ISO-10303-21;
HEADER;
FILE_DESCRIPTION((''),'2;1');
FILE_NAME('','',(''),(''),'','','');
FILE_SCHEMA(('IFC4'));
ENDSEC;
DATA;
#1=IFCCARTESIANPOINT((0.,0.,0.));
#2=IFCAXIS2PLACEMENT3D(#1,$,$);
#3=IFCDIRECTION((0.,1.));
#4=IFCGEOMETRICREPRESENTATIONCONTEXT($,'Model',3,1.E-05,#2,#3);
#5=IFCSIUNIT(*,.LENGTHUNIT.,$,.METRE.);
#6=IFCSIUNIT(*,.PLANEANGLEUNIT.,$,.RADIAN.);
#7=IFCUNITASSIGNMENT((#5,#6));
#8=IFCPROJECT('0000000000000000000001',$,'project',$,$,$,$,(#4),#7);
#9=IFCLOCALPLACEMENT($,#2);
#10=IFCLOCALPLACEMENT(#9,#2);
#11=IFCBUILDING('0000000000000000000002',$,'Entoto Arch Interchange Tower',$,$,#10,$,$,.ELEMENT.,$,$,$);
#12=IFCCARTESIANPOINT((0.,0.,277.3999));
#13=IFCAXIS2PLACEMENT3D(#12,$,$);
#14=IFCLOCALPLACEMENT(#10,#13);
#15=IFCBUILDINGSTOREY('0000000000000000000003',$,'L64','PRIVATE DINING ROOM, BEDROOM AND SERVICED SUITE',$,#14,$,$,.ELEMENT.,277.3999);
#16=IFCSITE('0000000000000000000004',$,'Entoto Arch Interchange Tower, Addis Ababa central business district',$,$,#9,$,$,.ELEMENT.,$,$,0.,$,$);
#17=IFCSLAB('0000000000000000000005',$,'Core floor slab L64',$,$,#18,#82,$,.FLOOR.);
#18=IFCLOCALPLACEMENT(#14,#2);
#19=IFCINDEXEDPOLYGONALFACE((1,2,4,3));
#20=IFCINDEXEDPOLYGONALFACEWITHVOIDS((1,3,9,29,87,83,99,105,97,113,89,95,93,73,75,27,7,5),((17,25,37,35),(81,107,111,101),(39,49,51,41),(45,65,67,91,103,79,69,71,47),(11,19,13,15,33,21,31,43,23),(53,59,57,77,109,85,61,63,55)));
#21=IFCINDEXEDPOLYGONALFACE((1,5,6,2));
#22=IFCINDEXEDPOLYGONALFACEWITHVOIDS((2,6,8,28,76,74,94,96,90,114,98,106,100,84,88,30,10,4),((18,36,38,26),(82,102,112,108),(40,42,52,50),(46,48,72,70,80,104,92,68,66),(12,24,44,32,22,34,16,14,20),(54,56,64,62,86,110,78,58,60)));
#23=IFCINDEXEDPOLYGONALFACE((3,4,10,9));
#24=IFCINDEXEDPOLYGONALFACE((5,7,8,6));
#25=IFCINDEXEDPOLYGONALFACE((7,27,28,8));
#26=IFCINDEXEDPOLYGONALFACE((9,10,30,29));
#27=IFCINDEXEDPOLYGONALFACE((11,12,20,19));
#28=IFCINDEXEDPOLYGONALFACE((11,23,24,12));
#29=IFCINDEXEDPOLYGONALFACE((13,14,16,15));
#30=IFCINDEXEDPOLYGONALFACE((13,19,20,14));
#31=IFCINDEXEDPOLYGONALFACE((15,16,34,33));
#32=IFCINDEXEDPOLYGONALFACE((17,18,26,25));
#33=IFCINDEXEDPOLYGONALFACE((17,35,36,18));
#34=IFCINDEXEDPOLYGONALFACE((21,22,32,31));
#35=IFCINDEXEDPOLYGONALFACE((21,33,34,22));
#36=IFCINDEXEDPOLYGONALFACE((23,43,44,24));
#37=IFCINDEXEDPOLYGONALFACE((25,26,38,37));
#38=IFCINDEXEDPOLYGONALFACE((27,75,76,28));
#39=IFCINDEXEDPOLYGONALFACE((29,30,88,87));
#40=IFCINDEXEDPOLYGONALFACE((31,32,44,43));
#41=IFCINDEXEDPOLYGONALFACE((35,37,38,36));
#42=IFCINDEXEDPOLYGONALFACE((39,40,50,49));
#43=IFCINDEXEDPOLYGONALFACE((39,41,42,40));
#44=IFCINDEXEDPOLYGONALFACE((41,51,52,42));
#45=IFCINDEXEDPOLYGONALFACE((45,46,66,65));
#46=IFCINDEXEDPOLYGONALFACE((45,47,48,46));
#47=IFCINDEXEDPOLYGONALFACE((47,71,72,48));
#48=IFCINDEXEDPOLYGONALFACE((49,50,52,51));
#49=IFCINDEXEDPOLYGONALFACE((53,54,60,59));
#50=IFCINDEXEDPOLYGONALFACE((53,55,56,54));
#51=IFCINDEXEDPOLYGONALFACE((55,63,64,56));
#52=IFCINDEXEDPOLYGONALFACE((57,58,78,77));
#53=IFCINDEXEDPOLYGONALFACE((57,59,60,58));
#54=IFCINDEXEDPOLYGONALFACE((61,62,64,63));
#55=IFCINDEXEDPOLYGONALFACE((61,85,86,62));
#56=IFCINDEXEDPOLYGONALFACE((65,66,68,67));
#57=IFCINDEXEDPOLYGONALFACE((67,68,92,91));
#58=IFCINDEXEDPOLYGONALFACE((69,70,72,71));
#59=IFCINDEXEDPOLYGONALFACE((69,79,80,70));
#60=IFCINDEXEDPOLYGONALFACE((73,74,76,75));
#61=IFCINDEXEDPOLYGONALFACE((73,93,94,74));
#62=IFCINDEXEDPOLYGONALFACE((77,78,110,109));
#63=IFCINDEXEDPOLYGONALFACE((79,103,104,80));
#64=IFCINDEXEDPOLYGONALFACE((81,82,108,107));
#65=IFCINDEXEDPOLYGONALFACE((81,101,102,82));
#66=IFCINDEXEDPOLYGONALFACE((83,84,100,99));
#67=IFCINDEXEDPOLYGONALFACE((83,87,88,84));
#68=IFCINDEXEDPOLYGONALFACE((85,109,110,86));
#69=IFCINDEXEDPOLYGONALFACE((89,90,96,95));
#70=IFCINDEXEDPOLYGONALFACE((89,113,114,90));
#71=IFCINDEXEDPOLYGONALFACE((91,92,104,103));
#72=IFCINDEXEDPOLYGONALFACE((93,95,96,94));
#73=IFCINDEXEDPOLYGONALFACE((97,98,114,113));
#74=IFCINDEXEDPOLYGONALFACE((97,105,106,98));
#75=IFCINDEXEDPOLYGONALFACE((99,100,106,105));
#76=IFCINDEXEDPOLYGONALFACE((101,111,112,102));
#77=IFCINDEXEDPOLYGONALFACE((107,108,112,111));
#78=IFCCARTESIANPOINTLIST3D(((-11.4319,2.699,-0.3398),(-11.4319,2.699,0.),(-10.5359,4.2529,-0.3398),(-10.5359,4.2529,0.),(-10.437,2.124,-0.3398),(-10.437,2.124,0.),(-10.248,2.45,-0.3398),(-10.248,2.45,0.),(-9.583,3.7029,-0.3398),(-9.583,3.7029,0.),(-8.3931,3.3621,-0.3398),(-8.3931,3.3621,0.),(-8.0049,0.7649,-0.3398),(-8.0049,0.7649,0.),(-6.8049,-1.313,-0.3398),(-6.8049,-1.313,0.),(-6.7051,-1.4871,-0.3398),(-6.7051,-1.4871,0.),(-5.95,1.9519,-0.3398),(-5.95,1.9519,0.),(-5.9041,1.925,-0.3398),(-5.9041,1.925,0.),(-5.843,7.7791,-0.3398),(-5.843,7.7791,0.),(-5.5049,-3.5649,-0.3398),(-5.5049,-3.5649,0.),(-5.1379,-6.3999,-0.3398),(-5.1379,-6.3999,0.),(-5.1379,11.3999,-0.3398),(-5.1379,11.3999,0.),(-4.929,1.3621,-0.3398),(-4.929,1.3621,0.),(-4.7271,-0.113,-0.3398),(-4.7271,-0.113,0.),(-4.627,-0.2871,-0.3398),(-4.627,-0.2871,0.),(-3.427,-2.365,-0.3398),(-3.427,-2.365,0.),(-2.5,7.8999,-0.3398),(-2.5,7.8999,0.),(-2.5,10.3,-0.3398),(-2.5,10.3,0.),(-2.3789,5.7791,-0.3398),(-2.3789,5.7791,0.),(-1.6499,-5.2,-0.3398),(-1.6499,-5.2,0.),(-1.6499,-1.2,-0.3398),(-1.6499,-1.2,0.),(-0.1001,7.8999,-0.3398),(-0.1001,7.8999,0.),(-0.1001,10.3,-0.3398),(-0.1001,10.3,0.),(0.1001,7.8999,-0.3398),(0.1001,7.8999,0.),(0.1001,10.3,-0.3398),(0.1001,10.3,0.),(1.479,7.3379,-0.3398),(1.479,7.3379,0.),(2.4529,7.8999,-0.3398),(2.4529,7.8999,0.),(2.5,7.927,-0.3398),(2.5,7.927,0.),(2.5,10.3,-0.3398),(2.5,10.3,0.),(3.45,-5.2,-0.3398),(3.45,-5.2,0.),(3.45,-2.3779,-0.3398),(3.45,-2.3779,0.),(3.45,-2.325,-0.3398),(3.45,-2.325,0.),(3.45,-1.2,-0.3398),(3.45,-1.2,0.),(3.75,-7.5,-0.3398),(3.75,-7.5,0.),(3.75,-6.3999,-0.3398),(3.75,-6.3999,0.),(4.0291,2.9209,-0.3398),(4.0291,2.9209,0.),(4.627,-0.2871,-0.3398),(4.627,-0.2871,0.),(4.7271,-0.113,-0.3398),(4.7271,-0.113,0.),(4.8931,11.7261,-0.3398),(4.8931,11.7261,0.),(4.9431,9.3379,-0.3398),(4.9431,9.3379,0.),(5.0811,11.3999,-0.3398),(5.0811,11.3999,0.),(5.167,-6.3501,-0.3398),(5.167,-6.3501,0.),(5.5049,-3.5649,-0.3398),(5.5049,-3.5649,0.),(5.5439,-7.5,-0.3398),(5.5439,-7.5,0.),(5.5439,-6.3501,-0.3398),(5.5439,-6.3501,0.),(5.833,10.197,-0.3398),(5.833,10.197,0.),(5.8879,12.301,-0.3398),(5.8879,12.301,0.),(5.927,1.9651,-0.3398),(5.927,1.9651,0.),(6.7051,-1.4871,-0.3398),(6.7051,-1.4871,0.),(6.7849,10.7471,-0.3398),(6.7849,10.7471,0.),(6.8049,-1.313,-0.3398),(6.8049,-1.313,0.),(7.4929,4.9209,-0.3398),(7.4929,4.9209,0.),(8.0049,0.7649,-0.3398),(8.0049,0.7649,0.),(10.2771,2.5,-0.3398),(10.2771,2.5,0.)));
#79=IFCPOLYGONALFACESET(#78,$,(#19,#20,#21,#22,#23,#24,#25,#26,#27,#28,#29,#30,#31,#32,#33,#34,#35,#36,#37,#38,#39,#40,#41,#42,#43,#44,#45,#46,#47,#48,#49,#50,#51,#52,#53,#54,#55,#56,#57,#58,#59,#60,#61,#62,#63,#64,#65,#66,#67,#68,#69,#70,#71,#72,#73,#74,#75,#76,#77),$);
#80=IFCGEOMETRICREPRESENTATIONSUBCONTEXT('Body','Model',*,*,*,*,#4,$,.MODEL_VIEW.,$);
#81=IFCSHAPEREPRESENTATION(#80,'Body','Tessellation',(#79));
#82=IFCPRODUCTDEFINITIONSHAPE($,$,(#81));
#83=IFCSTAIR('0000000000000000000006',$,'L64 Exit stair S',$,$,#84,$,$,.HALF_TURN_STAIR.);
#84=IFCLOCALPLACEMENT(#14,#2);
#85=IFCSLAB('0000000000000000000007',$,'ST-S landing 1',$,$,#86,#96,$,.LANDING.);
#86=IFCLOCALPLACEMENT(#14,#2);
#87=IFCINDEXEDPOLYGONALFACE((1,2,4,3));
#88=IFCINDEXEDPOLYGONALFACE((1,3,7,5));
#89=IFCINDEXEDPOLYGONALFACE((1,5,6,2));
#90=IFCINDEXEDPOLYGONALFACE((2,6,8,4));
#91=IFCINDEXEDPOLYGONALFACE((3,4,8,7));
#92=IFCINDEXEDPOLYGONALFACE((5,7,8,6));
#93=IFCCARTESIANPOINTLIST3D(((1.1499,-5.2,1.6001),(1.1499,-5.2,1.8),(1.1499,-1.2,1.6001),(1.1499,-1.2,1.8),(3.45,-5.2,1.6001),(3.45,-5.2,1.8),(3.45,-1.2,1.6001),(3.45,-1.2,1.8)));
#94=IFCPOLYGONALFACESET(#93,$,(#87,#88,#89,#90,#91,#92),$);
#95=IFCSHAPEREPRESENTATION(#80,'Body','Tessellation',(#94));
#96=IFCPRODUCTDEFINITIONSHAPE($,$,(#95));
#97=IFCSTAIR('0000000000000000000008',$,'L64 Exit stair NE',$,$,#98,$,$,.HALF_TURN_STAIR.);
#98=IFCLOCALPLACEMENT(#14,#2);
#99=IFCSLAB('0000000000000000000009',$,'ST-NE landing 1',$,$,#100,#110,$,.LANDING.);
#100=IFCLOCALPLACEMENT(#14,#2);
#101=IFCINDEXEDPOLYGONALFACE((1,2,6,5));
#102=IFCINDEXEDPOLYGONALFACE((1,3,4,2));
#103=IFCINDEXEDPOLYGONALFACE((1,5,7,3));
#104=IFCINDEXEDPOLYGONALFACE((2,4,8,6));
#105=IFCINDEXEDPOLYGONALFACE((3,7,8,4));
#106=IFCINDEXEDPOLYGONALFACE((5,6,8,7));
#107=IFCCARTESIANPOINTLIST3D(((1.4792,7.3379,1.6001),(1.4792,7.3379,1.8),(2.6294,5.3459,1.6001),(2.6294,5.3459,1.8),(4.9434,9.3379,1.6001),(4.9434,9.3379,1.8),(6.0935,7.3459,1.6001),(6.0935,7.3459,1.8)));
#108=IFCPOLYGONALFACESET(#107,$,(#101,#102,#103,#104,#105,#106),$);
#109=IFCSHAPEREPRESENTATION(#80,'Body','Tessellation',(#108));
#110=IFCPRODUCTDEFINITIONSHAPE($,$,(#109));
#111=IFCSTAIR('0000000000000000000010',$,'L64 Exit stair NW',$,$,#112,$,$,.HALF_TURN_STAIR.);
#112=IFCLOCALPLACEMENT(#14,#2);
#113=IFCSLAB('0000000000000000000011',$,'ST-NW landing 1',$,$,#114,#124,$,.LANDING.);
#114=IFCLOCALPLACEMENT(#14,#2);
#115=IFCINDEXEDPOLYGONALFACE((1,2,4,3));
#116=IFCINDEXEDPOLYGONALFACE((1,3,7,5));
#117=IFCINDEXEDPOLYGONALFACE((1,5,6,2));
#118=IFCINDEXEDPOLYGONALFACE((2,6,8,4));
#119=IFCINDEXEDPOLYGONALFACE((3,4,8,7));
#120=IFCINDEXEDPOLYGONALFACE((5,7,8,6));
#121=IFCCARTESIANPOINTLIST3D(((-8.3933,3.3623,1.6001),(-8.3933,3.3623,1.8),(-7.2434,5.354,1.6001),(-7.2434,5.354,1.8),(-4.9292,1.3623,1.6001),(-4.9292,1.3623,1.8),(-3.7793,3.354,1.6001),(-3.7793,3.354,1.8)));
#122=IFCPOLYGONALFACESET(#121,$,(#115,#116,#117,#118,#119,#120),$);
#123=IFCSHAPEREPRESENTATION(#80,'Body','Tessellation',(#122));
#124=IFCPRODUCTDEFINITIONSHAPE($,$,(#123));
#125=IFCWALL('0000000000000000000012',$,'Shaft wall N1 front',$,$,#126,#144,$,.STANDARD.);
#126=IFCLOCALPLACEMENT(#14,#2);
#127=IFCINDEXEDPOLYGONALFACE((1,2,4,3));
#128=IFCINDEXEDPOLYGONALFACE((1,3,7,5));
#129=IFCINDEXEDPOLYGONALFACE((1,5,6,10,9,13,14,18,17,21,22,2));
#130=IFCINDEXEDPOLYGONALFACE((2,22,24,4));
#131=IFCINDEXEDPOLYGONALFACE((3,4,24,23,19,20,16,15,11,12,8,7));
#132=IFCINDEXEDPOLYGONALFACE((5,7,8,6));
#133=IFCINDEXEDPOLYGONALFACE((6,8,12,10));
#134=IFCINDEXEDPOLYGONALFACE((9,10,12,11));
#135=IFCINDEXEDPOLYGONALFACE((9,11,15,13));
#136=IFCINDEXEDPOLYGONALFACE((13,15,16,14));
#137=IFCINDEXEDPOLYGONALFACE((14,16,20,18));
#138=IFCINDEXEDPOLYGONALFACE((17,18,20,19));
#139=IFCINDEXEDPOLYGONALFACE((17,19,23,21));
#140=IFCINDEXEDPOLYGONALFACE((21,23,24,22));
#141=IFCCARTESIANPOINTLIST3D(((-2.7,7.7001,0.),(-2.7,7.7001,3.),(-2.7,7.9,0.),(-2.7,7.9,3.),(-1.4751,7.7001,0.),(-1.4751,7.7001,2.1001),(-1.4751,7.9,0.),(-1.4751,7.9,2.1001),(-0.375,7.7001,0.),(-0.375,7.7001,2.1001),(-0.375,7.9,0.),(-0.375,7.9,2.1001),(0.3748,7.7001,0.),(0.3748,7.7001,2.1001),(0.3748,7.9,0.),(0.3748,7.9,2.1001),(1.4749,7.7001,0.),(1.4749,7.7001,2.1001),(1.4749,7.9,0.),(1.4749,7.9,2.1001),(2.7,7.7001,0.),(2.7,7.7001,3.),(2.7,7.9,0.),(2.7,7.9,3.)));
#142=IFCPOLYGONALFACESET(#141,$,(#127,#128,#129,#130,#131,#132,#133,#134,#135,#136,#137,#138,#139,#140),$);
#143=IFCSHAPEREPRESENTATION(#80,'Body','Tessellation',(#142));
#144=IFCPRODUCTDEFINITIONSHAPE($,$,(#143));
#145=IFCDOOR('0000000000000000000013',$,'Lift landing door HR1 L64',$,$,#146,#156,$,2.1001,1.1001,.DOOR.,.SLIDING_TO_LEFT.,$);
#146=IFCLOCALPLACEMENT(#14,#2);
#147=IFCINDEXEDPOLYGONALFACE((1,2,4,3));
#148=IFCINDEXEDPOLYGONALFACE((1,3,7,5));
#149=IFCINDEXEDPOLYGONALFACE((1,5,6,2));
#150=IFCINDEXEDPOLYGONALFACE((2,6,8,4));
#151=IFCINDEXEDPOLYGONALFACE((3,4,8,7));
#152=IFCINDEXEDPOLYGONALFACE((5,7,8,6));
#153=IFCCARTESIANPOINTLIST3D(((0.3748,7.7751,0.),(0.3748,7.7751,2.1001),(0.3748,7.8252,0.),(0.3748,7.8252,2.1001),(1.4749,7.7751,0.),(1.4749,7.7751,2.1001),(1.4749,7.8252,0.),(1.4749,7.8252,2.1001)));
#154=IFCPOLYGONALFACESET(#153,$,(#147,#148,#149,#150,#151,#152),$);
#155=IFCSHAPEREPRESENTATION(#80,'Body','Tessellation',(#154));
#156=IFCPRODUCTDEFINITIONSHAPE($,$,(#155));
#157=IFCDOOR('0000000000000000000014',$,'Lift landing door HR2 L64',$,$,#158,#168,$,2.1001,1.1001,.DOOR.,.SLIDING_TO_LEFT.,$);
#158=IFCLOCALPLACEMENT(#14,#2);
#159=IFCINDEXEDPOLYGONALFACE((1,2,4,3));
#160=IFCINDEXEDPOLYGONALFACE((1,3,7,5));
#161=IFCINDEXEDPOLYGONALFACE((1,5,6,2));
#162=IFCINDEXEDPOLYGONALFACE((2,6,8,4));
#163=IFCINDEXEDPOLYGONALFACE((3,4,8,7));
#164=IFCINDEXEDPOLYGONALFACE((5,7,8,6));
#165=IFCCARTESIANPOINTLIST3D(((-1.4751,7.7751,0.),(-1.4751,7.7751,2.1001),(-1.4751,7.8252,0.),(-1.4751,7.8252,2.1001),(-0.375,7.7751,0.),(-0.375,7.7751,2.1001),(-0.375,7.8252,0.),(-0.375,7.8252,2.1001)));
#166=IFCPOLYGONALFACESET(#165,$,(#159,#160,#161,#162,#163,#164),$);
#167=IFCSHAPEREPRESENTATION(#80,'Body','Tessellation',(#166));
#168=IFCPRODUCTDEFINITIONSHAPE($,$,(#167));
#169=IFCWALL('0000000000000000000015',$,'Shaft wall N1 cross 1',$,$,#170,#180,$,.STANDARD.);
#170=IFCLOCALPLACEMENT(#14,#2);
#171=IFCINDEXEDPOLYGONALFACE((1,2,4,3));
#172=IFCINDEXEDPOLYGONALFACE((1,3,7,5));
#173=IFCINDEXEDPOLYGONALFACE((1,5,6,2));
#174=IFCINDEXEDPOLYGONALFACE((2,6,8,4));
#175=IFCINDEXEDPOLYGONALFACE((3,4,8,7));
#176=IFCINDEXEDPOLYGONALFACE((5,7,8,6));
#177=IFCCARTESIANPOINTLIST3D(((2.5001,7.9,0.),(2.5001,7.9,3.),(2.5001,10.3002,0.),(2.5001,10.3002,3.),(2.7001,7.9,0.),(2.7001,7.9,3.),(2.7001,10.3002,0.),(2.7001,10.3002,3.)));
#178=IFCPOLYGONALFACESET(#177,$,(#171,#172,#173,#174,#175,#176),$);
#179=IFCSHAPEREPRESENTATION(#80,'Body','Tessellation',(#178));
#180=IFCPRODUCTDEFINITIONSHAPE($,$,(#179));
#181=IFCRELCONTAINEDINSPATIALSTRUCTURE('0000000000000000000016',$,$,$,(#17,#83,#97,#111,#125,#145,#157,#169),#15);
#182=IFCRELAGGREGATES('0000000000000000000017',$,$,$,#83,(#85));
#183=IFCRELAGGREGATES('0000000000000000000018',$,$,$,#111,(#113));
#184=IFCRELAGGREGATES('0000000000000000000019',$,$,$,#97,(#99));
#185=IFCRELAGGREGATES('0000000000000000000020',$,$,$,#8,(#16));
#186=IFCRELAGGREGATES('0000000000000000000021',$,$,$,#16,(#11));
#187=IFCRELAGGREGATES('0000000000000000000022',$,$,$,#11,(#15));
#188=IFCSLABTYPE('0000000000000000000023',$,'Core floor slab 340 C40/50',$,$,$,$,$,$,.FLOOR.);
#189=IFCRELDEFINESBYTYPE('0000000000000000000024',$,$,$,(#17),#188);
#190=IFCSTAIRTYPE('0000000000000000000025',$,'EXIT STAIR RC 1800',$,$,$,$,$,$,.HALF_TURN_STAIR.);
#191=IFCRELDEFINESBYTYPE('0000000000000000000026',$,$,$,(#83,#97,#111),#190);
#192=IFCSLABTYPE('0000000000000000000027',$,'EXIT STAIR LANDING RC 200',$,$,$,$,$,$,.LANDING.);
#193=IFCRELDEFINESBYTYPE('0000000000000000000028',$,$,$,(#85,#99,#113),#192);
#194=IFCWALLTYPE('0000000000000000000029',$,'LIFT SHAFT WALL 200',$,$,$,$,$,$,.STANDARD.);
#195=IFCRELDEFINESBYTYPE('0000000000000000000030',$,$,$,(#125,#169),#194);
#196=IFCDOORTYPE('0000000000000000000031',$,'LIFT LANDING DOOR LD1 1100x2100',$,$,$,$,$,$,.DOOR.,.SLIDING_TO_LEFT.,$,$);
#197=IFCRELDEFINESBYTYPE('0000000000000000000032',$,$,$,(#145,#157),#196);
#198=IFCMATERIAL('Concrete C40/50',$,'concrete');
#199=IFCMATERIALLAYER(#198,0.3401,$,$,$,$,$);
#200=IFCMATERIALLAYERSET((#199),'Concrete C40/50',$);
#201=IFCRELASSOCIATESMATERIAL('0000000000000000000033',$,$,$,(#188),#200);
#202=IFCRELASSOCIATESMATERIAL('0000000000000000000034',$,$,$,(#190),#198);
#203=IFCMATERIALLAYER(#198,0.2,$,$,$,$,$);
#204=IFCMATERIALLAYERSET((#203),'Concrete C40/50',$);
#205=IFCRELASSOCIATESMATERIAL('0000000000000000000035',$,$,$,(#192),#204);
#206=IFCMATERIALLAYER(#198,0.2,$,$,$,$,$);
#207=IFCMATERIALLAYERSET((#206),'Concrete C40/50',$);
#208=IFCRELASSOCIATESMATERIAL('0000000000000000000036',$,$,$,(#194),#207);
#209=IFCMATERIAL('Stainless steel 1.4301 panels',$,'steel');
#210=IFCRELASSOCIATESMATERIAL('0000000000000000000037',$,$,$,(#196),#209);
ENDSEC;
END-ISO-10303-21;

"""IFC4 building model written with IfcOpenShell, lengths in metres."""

from ifc_helpers import new_model, si_unit, direction, frame, frame_2d, origin, place, context, subcontext, project, spatial, polyline, rectangle, outline, extrude, material, layer, layer_set, type_object, element, fill, aggregate, save


model = new_model("IFC4")

# Units and contexts
model_context = context("Model", 3, precision=1e-05, world=origin(), true_north=direction((0.0, 1.0)))
body_context = subcontext(model_context, "Body", "Model", "MODEL_VIEW")
ifc_project = project(units=[si_unit("LENGTHUNIT", "METRE"), si_unit("PLANEANGLEUNIT", "RADIAN")], contexts=[model_context])

# Site, building, storey
site_placement = place(None, origin())
site = spatial("IfcSite", under=ifc_project, at=site_placement, Name="Entoto Arch Interchange Tower, Addis Ababa central business district", CompositionType="ELEMENT", RefElevation=0.0)
building_placement = place(site_placement, origin())
building = spatial("IfcBuilding", under=site, at=building_placement, Name="Entoto Arch Interchange Tower", CompositionType="ELEMENT")
storey_placement = place(building_placement, frame((0.0, 0.0, 277.3999)))
storey = spatial("IfcBuildingStorey", under=building, at=storey_placement, Name="L64", Description="PRIVATE DINING ROOM, BEDROOM AND SERVICED SUITE", CompositionType="ELEMENT", Elevation=277.3999)

# Slab
ifc_material_1 = material(Name="Concrete C40/50", Category="concrete")
ifc_layer_1 = layer(ifc_material_1, 0.3401)
ifc_layer_set_1 = layer_set([ifc_layer_1], Name="Concrete C40/50")
slab_type_1 = type_object("IfcSlabType", Name="Core floor slab 340 C40/50", PredefinedType="FLOOR", material=ifc_layer_set_1)
slab_1_placement = place(storey_placement, frame((0.0, 0.0, -0.3398)))
element("IfcSlab", 1, at=slab_1_placement, inside=storey, type_object=slab_type_1, Name="Core floor slab L64", PredefinedType="FLOOR", context=body_context, shape_type="SweptSolid", body=[
    extrude(outline(polyline([(-10.248, 2.45), (-10.437, 2.124), (-11.4319, 2.699), (-10.5359, 4.2529), (-9.583, 3.7029), (-5.1379, 11.3999), (5.0811, 11.3999), (4.8931, 11.7261), (5.8879, 12.301), (6.7849, 10.7471), (5.833, 10.197), (10.2771, 2.5), (5.167, -6.3501), (5.5439, -6.3501), (5.5439, -7.5), (3.75, -7.5), (3.75, -6.3999), (-5.1379, -6.3999), (-10.248, 2.45)]), holes=[polyline([(-1.6499, -5.2), (3.45, -5.2), (3.45, -2.3779), (5.5049, -3.5649), (6.7051, -1.4871), (4.627, -0.2871), (3.45, -2.325), (3.45, -1.2), (-1.6499, -1.2), (-1.6499, -5.2)]), polyline([(-4.627, -0.2871), (-6.7051, -1.4871), (-5.5049, -3.5649), (-3.427, -2.365), (-4.627, -0.2871)]), polyline([(-5.9041, 1.925), (-4.929, 1.3621), (-2.3789, 5.7791), (-5.843, 7.7791), (-8.3931, 3.3621), (-5.95, 1.9519), (-8.0049, 0.7649), (-6.8049, -1.313), (-4.7271, -0.113), (-5.9041, 1.925)]), polyline([(4.7271, -0.113), (6.8049, -1.313), (8.0049, 0.7649), (5.927, 1.9651), (4.7271, -0.113)]), polyline([(2.5, 7.927), (2.5, 10.3), (0.1001, 10.3), (0.1001, 7.8999), (2.4529, 7.8999), (1.479, 7.3379), (4.0291, 2.9209), (7.4929, 4.9209), (4.9431, 9.3379), (2.5, 7.927)]), polyline([(-2.5, 7.8999), (-0.1001, 7.8999), (-0.1001, 10.3), (-2.5, 10.3), (-2.5, 7.8999)])]), origin(), (0.0, 0.0, 1.0), 0.3398),
])

# Stairs, slabs
stair_type = type_object("IfcStairType", Name="EXIT STAIR RC 1800", PredefinedType="HALF_TURN_STAIR", material=ifc_material_1)
stair_1_placement = place(storey_placement, origin())
stair_1 = element("IfcStair", 2, at=stair_1_placement, inside=storey, type_object=stair_type, Name="L64 Exit stair S", PredefinedType="HALF_TURN_STAIR")
ifc_layer_2 = layer(ifc_material_1, 0.2)
ifc_layer_set_2 = layer_set([ifc_layer_2], Name="Concrete C40/50")
slab_type_2 = type_object("IfcSlabType", Name="EXIT STAIR LANDING RC 200", PredefinedType="LANDING", material=ifc_layer_set_2)
slab_2_placement = place(storey_placement, frame((0.0, 0.0, 1.6001)))
slab_2 = element("IfcSlab", 3, at=slab_2_placement, type_object=slab_type_2, Name="ST-S landing 1", PredefinedType="LANDING", context=body_context, shape_type="SweptSolid", body=[
    extrude(outline(polyline([(1.1499, -5.2), (3.45, -5.2), (3.45, -1.2), (1.1499, -1.2), (1.1499, -5.2)])), origin(), (0.0, 0.0, 1.0), 0.2),
])
aggregate(stair_1, [slab_2])
stair_2_placement = place(storey_placement, origin())
stair_2 = element("IfcStair", 4, at=stair_2_placement, inside=storey, type_object=stair_type, Name="L64 Exit stair NE", PredefinedType="HALF_TURN_STAIR")
slab_3_placement = place(storey_placement, frame((0.0, 0.0, 1.6001)))
slab_3 = element("IfcSlab", 5, at=slab_3_placement, type_object=slab_type_2, Name="ST-NE landing 1", PredefinedType="LANDING", context=body_context, shape_type="SweptSolid", body=[
    extrude(outline(polyline([(6.0935, 7.3459), (4.9434, 9.3379), (1.4792, 7.3379), (2.6294, 5.3459), (6.0935, 7.3459)])), origin(), (0.0, 0.0, 1.0), 0.2),
])
stair_3_placement = place(storey_placement, origin())
stair_3 = element("IfcStair", 6, at=stair_3_placement, inside=storey, type_object=stair_type, Name="L64 Exit stair NW", PredefinedType="HALF_TURN_STAIR")
slab_4_placement = place(storey_placement, frame((0.0, 0.0, 1.6001)))
slab_4 = element("IfcSlab", 7, at=slab_4_placement, type_object=slab_type_2, Name="ST-NW landing 1", PredefinedType="LANDING", context=body_context, shape_type="SweptSolid", body=[
    extrude(outline(polyline([(-7.2434, 5.354), (-8.3933, 3.3623), (-4.9292, 1.3623), (-3.7793, 3.354), (-7.2434, 5.354)])), origin(), (0.0, 0.0, 1.0), 0.2),
])
aggregate(stair_3, [slab_4])

# Wall, openings, doors
ifc_layer_3 = layer(ifc_material_1, 0.2)
ifc_layer_set_3 = layer_set([ifc_layer_3], Name="Concrete C40/50")
wall_type_1 = type_object("IfcWallType", Name="LIFT SHAFT WALL 200", PredefinedType="STANDARD", material=ifc_layer_set_3)
wall_1_placement = place(storey_placement, frame((2.7, 7.8, 0.0), z_axis=(0.0, 0.0, 1.0), x_axis=(-1.0, 0.0, 0.0)))
wall_1 = element("IfcWall", 8, at=wall_1_placement, inside=storey, type_object=wall_type_1, Name="Shaft wall N1 front", PredefinedType="STANDARD", context=body_context, shape_type="SweptSolid", body=[
    extrude(rectangle(XDim=5.3999, YDim=0.2, at=frame_2d((2.7, 0.0))), origin(), (0.0, 0.0, 1.0), 3.0),
])
opening_1_placement = place(wall_1_placement, frame((1.2251, 0.0, 0.0)))
opening_1 = element("IfcOpeningElement", 9, at=opening_1_placement, cuts=wall_1, PredefinedType="OPENING", context=body_context, shape_type="SweptSolid", body=[
    extrude(rectangle(XDim=1.1001, YDim=2.1001, at=frame_2d((0.55, 1.05))), frame((0.0, 0.1099, 0.0), z_axis=(0.0, -1.0, 0.0), x_axis=(1.0, 0.0, 0.0)), (0.0, 0.0, 1.0), 0.22),
])
opening_2_placement = place(wall_1_placement, frame((3.075, 0.0, 0.0)))
opening_2 = element("IfcOpeningElement", 10, at=opening_2_placement, cuts=wall_1, PredefinedType="OPENING", context=body_context, shape_type="SweptSolid", body=[
    extrude(rectangle(XDim=1.1001, YDim=2.1001, at=frame_2d((0.55, 1.05))), frame((0.0, 0.1099, 0.0), z_axis=(0.0, -1.0, 0.0), x_axis=(1.0, 0.0, 0.0)), (0.0, 0.0, 1.0), 0.22),
])
ifc_material_2 = material(Name="Stainless steel 1.4301 panels", Category="steel")
door_type_1 = type_object("IfcDoorType", Name="LIFT LANDING DOOR LD1 1100x2100", OperationType="SLIDING_TO_LEFT", PredefinedType="DOOR", material=ifc_material_2)
door_1_placement = place(opening_1_placement, origin())
door_1 = element("IfcDoor", 11, at=door_1_placement, inside=storey, type_object=door_type_1, Name="Lift landing door HR1 L64", OperationType="SLIDING_TO_LEFT", OverallHeight=2.1001, OverallWidth=1.1001, PredefinedType="DOOR", context=body_context, shape_type="SweptSolid", body=[
    extrude(rectangle(XDim=1.1001, YDim=2.1001, at=frame_2d((0.55, 1.05))), frame((0.0, 0.0249, 0.0), z_axis=(0.0, -1.0, 0.0), x_axis=(1.0, 0.0, 0.0)), (0.0, 0.0, 1.0), 0.05),
])
fill(opening_1, door_1)
door_2_placement = place(opening_2_placement, origin())
door_2 = element("IfcDoor", 12, at=door_2_placement, inside=storey, type_object=door_type_1, Name="Lift landing door HR2 L64", OperationType="SLIDING_TO_LEFT", OverallHeight=2.1001, OverallWidth=1.1001, PredefinedType="DOOR", context=body_context, shape_type="SweptSolid", body=[
    extrude(rectangle(XDim=1.1001, YDim=2.1001, at=frame_2d((0.55, 1.05))), frame((0.0, 0.0249, 0.0), z_axis=(0.0, -1.0, 0.0), x_axis=(1.0, 0.0, 0.0)), (0.0, 0.0, 1.0), 0.05),
])
fill(opening_2, door_2)

# Wall
for number, where, z_axis, x_axis, name in (
    (13, (2.6001, 7.8999, 0.0), (0.0, 0.0, 1.0), (0.0, 1.0, 0.0), "Shaft wall N1 cross 1"),
):
    element("IfcWall", number, at=place(storey_placement, frame(where, z_axis=z_axis, x_axis=x_axis)), inside=storey, type_object=wall_type_1, Name=name, PredefinedType="STANDARD", context=body_context, shape_type="SweptSolid", body=[
        extrude(rectangle(XDim=2.4001, YDim=0.2, at=frame_2d((1.2002, 0.0))), origin(), (0.0, 0.0, 1.0), 3.0),
    ])

aggregate(stair_2, [slab_3])

save(model, "model.ifc")
